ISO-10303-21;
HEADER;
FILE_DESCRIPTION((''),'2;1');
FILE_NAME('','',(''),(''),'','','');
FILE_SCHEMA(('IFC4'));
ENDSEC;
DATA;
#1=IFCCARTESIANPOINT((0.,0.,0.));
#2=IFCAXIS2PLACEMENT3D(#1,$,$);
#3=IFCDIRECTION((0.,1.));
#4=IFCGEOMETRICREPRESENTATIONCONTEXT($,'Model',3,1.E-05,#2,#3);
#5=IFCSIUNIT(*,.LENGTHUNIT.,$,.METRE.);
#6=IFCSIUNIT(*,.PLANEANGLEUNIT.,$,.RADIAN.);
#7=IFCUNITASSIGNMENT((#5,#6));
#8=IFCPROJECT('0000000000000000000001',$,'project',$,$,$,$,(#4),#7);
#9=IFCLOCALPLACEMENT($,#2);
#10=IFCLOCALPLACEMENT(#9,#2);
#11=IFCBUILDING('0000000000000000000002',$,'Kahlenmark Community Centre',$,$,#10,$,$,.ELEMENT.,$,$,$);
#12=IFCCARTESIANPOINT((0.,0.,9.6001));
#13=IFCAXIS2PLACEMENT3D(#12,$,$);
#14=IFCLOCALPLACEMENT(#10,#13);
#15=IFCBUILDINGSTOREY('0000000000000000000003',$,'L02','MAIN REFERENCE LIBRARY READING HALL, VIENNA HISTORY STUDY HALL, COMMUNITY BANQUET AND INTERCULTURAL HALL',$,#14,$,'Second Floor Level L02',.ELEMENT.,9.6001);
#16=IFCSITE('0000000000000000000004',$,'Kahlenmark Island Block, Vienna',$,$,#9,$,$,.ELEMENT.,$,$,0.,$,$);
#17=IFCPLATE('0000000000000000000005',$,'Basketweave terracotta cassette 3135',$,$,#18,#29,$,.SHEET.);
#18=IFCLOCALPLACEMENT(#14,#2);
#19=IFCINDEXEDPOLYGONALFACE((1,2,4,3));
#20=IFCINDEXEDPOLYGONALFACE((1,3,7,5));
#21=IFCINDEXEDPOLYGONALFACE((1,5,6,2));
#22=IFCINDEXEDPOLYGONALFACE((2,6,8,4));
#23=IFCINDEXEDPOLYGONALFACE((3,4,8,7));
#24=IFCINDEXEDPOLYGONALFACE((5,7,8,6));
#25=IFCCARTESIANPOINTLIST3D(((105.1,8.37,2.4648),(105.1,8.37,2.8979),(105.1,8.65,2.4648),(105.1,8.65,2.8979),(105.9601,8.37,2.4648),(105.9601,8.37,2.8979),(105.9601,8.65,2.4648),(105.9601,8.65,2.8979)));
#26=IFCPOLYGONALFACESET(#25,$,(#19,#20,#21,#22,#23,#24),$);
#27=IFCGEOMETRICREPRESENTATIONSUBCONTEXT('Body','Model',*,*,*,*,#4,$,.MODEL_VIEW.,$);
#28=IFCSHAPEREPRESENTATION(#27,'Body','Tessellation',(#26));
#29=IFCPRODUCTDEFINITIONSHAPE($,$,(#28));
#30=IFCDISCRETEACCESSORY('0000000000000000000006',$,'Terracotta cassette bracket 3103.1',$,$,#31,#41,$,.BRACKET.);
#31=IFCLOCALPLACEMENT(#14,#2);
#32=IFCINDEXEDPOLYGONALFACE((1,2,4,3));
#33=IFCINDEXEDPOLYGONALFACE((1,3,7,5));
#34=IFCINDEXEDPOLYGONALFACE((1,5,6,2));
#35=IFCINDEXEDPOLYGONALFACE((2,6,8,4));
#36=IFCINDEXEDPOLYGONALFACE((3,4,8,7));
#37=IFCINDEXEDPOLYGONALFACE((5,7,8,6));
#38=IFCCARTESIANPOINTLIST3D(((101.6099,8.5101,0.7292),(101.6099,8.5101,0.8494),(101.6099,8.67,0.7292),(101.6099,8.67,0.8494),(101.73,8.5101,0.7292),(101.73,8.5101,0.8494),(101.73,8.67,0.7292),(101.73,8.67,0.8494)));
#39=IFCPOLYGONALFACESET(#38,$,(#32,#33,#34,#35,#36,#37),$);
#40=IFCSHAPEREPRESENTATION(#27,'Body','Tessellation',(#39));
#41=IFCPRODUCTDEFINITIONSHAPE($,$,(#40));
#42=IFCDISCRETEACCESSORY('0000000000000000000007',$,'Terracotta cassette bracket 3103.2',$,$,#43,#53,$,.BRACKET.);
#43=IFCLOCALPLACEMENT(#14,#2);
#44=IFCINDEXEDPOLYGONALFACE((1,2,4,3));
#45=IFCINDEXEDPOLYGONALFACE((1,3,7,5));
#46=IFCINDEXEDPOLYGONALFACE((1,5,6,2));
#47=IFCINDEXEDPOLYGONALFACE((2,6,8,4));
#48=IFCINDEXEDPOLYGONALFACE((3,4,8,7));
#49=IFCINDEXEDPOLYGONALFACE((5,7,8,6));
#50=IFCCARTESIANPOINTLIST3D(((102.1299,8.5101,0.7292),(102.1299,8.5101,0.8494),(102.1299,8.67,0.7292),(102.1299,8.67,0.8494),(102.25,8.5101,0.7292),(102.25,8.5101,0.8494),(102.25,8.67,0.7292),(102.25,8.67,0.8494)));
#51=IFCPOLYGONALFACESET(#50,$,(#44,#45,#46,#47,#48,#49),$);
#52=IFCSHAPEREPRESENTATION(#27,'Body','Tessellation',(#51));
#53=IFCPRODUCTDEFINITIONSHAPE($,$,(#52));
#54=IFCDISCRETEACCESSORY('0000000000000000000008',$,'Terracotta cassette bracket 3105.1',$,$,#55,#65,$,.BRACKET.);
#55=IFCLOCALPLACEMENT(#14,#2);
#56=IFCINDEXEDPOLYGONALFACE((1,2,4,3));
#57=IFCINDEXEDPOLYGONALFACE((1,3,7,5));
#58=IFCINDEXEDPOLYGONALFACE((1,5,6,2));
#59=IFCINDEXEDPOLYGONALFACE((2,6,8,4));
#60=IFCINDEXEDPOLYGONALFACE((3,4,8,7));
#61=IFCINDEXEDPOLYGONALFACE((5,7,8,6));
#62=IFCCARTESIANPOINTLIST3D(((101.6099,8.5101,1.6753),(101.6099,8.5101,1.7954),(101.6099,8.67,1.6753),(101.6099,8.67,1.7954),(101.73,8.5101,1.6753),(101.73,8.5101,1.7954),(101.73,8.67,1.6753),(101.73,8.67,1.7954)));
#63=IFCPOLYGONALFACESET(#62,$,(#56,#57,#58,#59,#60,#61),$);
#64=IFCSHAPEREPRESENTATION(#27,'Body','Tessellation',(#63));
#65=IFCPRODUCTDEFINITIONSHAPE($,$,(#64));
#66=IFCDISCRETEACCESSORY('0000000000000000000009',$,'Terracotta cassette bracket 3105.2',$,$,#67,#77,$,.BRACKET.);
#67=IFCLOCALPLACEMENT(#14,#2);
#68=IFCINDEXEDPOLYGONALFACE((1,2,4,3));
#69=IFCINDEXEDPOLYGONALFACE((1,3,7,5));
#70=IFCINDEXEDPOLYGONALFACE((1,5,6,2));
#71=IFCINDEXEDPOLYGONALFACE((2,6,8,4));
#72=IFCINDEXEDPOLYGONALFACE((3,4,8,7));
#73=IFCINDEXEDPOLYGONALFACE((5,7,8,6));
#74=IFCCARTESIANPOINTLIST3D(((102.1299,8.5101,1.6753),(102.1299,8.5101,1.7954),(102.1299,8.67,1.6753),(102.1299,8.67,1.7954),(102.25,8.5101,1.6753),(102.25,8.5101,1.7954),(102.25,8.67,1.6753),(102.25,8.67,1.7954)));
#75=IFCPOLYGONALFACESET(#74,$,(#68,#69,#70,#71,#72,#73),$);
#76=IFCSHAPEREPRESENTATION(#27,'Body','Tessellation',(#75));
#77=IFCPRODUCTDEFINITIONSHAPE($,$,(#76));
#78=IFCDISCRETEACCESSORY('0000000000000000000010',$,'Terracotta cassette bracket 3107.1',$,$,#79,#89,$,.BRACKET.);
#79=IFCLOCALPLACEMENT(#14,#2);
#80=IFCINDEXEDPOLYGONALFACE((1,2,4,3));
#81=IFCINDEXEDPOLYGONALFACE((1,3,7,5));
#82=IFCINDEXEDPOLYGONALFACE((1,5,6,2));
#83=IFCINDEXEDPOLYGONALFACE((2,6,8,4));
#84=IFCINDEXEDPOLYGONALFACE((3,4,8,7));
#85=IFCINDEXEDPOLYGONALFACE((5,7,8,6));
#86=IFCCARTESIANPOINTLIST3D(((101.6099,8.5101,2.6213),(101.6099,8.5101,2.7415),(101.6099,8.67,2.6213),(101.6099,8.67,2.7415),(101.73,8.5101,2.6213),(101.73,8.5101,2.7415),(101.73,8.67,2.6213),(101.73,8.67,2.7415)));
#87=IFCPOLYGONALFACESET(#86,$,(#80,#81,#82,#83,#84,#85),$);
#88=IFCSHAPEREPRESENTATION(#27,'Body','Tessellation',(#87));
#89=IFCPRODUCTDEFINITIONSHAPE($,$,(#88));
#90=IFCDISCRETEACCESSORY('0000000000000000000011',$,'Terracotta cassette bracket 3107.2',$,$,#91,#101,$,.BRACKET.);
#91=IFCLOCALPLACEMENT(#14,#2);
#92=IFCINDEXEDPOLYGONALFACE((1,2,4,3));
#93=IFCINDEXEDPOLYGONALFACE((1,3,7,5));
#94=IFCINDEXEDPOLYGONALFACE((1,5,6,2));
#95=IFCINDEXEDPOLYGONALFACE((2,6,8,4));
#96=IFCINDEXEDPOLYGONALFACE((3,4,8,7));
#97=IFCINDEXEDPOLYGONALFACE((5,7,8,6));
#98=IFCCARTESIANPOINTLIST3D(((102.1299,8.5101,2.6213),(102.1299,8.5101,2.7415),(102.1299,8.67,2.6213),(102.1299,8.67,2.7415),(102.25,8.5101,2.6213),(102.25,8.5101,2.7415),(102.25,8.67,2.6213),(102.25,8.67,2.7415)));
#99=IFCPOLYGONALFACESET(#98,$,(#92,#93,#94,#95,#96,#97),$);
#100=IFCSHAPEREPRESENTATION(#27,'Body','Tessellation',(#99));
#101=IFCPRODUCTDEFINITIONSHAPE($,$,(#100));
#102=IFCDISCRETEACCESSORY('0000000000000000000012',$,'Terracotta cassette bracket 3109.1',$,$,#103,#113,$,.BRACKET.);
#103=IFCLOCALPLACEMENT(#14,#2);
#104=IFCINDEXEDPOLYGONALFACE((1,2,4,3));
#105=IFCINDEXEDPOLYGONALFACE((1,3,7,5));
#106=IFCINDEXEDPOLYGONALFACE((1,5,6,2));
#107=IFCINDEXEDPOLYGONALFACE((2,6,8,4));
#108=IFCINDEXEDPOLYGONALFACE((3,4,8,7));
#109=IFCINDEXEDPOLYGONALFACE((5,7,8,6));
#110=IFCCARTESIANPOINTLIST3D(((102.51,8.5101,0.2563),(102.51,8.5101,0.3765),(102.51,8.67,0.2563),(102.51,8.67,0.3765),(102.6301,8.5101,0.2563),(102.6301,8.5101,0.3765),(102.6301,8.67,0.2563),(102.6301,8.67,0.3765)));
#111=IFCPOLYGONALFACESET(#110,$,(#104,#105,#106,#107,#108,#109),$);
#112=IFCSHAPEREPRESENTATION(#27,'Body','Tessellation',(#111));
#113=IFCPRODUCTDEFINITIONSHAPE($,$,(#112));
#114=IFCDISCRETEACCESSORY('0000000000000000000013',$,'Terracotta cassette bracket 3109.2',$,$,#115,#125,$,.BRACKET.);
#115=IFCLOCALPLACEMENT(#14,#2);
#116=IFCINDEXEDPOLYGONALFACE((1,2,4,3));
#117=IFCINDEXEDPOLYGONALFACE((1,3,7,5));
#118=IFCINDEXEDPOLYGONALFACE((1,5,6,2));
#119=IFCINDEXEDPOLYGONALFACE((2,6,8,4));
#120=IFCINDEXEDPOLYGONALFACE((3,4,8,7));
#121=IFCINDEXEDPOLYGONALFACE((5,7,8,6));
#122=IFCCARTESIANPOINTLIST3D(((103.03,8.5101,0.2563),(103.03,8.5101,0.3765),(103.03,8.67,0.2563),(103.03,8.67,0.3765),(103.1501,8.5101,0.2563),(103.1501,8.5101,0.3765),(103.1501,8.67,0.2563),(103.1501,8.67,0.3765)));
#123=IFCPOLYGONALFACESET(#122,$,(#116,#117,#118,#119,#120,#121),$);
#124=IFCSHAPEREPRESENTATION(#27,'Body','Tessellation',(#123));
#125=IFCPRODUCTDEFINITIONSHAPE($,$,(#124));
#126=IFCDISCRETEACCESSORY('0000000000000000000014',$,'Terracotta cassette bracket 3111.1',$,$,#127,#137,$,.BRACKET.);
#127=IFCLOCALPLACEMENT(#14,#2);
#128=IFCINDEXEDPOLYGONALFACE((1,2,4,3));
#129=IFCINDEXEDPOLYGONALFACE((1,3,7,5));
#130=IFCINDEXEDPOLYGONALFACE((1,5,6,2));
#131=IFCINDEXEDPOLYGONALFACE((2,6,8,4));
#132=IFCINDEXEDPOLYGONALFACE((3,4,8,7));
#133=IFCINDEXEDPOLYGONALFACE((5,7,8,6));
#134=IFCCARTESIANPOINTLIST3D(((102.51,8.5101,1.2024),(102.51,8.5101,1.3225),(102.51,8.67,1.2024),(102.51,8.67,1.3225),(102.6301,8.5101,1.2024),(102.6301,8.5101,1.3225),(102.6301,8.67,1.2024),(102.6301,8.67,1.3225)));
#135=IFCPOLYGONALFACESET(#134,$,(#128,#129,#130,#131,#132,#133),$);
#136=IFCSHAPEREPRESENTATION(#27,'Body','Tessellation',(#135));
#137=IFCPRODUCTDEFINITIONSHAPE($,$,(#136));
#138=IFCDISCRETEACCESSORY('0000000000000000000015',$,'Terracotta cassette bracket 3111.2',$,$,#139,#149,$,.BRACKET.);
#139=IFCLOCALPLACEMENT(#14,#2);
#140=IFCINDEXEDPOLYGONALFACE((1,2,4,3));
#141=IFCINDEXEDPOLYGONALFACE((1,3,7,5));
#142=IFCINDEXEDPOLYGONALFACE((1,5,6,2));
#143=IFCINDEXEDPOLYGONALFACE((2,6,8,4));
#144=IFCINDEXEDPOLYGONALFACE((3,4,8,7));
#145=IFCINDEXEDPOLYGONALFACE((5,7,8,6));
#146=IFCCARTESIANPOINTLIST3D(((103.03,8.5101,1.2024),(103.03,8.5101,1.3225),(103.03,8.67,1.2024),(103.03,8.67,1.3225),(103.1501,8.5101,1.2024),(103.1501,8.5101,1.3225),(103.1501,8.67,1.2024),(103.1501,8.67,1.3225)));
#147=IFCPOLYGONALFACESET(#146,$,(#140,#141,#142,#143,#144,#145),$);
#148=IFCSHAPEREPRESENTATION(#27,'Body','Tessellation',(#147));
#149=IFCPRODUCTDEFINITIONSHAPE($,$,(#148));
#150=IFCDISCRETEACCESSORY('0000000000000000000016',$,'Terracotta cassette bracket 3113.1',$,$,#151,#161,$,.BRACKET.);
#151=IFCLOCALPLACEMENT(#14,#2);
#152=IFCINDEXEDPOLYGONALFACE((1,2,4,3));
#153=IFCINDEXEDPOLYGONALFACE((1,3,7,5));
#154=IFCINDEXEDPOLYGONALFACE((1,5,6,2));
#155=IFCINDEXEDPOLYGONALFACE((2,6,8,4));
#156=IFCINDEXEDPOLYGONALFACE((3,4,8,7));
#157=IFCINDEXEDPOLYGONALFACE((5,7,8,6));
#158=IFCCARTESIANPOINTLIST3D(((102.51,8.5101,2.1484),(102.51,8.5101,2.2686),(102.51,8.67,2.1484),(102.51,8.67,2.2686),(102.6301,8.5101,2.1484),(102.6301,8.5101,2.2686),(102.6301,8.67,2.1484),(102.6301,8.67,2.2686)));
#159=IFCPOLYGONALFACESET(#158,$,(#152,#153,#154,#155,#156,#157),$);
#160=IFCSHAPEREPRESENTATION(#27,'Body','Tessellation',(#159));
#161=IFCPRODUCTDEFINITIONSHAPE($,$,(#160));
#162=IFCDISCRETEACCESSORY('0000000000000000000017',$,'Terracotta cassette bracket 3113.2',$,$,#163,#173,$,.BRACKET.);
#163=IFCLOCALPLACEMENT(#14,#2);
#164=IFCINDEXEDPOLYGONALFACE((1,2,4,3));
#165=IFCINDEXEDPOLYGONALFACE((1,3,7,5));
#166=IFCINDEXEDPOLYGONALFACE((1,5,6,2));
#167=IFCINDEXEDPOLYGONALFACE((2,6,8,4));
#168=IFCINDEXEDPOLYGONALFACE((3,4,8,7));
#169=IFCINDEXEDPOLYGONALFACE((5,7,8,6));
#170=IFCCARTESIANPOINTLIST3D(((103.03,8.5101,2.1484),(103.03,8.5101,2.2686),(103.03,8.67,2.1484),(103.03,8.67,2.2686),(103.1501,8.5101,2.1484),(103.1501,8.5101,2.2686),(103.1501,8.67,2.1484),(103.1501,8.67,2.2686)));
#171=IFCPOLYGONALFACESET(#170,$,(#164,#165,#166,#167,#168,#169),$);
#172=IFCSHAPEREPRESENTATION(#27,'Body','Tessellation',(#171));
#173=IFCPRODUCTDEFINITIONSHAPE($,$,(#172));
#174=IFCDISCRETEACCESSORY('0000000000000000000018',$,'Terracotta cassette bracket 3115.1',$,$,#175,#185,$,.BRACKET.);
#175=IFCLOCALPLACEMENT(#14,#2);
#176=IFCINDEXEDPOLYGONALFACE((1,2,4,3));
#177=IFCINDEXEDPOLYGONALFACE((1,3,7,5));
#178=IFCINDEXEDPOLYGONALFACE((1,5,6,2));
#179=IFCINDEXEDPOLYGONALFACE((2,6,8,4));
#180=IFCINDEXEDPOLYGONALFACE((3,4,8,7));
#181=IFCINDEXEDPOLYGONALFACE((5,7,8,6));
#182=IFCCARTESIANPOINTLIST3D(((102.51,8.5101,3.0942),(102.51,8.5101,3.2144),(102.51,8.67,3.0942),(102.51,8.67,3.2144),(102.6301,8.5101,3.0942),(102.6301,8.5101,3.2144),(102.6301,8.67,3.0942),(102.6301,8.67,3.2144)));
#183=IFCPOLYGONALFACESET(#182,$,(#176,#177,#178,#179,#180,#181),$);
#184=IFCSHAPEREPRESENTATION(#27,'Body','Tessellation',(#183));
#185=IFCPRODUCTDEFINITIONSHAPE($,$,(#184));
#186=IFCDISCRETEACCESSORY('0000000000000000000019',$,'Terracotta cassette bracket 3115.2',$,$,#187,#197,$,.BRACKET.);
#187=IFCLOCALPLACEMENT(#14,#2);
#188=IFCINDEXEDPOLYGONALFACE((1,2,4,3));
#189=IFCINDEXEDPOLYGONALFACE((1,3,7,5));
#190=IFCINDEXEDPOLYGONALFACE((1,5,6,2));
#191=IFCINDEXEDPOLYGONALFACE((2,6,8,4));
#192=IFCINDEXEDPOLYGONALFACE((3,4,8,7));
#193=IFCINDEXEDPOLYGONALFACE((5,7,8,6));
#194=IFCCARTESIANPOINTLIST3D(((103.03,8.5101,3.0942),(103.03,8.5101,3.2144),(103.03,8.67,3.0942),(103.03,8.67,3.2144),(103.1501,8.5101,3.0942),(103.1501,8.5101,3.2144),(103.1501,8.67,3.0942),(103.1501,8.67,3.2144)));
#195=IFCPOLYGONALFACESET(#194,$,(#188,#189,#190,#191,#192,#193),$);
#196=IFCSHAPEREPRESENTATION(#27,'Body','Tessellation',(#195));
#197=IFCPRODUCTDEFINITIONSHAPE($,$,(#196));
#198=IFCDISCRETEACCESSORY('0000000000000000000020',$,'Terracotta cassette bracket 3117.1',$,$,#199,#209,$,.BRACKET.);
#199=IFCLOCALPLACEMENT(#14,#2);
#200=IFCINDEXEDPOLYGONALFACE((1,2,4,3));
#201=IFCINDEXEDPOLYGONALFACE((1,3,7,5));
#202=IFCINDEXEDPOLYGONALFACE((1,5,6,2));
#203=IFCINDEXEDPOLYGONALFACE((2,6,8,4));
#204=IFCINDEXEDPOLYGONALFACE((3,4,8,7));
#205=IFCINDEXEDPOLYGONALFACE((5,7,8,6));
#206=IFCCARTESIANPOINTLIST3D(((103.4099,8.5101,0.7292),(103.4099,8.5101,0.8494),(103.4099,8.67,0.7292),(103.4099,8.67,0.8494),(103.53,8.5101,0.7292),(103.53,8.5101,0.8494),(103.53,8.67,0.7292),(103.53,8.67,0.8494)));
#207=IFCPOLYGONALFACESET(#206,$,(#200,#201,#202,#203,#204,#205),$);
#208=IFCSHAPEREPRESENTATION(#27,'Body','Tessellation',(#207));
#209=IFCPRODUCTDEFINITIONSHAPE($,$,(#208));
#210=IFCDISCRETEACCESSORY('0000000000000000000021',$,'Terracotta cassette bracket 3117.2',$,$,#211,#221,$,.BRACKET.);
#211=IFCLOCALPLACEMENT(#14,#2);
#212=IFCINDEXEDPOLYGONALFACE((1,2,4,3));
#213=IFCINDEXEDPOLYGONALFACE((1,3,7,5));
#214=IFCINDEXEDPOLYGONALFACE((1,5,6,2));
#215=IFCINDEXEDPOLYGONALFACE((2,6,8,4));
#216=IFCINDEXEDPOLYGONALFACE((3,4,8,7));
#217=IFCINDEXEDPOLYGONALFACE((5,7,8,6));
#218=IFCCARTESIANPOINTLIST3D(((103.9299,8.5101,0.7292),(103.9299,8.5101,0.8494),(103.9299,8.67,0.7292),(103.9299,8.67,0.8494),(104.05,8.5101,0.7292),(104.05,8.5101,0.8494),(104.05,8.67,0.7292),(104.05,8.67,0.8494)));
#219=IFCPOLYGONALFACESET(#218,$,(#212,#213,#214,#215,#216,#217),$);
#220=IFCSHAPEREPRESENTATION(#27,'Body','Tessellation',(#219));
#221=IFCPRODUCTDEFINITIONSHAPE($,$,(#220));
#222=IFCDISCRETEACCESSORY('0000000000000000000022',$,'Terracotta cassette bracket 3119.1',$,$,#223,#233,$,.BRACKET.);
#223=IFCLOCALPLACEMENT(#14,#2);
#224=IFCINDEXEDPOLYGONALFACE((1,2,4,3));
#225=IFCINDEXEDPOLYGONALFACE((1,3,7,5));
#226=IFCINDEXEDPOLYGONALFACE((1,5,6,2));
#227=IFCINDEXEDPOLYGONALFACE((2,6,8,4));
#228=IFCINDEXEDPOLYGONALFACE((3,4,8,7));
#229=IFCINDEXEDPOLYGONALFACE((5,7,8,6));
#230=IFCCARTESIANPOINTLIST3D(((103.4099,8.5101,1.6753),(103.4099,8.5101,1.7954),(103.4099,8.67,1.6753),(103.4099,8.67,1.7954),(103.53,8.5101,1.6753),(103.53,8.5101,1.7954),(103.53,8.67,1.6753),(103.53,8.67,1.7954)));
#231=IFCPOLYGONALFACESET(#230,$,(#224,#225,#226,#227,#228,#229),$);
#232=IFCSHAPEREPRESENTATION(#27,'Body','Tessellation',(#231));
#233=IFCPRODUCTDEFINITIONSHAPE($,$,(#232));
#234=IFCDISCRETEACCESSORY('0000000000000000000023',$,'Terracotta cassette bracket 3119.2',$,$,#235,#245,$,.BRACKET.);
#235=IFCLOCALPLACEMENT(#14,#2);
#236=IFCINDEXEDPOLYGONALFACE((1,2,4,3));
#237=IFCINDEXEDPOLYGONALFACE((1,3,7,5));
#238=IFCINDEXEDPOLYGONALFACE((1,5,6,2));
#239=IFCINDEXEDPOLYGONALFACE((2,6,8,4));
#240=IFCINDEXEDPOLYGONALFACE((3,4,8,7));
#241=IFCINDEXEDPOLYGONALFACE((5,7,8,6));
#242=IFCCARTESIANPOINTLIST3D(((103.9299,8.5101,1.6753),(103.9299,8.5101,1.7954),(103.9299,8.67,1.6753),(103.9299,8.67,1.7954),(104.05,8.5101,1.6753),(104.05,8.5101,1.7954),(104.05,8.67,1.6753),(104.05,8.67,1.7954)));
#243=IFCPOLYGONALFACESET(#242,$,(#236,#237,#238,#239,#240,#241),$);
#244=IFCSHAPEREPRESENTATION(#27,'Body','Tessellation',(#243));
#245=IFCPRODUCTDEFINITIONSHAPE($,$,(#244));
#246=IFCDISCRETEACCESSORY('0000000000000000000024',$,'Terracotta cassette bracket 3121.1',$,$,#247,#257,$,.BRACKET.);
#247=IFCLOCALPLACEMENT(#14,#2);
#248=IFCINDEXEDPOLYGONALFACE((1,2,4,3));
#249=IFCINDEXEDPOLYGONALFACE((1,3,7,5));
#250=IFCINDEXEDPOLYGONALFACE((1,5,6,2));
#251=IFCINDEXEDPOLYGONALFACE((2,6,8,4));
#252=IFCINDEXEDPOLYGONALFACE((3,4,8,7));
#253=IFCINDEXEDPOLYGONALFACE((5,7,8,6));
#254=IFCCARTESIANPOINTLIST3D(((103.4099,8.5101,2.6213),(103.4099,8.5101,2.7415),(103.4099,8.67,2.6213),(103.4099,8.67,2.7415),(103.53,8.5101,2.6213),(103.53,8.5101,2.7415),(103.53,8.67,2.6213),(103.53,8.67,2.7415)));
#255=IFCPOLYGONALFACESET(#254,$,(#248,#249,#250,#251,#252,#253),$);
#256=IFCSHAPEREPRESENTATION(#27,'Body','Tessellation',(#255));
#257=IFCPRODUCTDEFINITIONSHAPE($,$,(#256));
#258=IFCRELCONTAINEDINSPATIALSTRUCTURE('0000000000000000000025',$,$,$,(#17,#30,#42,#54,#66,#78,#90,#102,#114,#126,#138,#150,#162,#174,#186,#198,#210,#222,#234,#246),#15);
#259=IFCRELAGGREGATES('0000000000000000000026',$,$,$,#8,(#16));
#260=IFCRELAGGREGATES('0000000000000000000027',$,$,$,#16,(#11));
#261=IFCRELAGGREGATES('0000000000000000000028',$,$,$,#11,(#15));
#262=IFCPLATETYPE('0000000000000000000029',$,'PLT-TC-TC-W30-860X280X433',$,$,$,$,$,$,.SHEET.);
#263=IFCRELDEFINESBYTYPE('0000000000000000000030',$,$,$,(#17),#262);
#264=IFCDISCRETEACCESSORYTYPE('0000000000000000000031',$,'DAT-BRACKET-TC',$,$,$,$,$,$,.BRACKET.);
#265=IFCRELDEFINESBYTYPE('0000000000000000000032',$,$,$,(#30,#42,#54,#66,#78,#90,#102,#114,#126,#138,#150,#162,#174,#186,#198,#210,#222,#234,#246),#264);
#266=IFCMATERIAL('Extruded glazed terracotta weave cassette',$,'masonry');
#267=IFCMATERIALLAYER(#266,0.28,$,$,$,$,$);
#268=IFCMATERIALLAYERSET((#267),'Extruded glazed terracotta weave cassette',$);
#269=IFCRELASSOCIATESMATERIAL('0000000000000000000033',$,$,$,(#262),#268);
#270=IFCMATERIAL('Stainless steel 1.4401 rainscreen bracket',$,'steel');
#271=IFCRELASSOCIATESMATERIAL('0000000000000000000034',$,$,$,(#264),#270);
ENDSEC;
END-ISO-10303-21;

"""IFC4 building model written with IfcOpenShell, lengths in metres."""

from ifc_helpers import new_model, si_unit, direction, frame, origin, origin_2d, place, context, subcontext, project, spatial, rectangle, extrude, material, layer, layer_set, type_object, element, save


model = new_model("IFC4")

# Units and contexts
model_context = context("Model", 3, precision=1e-05, world=origin(), true_north=direction((0.0, 1.0)))
body_context = subcontext(model_context, "Body", "Model", "MODEL_VIEW")
ifc_project = project(units=[si_unit("LENGTHUNIT", "METRE"), si_unit("PLANEANGLEUNIT", "RADIAN")], contexts=[model_context])

# Site, building, storey
site_placement = place(None, origin())
site = spatial("IfcSite", under=ifc_project, at=site_placement, Name="Kahlenmark Island Block, Vienna", CompositionType="ELEMENT", RefElevation=0.0)
building_placement = place(site_placement, origin())
building = spatial("IfcBuilding", under=site, at=building_placement, Name="Kahlenmark Community Centre", CompositionType="ELEMENT")
storey_placement = place(building_placement, frame((0.0, 0.0, 9.6001)))
storey = spatial("IfcBuildingStorey", under=building, at=storey_placement, Name="L02", Description="MAIN REFERENCE LIBRARY READING HALL, VIENNA HISTORY STUDY HALL, COMMUNITY BANQUET AND INTERCULTURAL HALL", LongName="Second Floor Level L02", CompositionType="ELEMENT", Elevation=9.6001)

# Plate
ifc_material_1 = material(Name="Extruded glazed terracotta weave cassette", Category="masonry")
ifc_layer_1 = layer(ifc_material_1, 0.28)
ifc_layer_set_1 = layer_set([ifc_layer_1], Name="Extruded glazed terracotta weave cassette")
plate_type_1 = type_object("IfcPlateType", Name="PLT-TC-TC-W30-860X280X433", PredefinedType="SHEET", material=ifc_layer_set_1)
for number, where, z_axis, x_axis, name in (
    (1, (105.53, 8.51, 2.4648), (0.0, 0.0, 1.0), (1.0, 0.0, 0.0), "Basketweave terracotta cassette 3135"),
):
    element("IfcPlate", number, at=place(storey_placement, frame(where, z_axis=z_axis, x_axis=x_axis)), inside=storey, type_object=plate_type_1, Name=name, PredefinedType="SHEET", context=body_context, shape_type="SweptSolid", body=[
        extrude(rectangle(XDim=0.8601, YDim=0.28, at=origin_2d()), origin(), (0.0, 0.0, 1.0), 0.4331),
    ])

# Discrete accessories
ifc_material_2 = material(Name="Stainless steel 1.4401 rainscreen bracket", Category="steel")
discrete_accessory_type = type_object("IfcDiscreteAccessoryType", Name="DAT-BRACKET-TC", PredefinedType="BRACKET", material=ifc_material_2)
for number, where, z_axis, x_axis, name in (
    (2, (101.6699, 8.5901, 0.7292), (0.0, 0.0, 1.0), (1.0, 0.0, 0.0), "Terracotta cassette bracket 3103.1"),
    (3, (102.1899, 8.5901, 0.7292), (0.0, 0.0, 1.0), (1.0, 0.0, 0.0), "Terracotta cassette bracket 3103.2"),
    (4, (101.6699, 8.5901, 1.6753), (0.0, 0.0, 1.0), (1.0, 0.0, 0.0), "Terracotta cassette bracket 3105.1"),
    (5, (102.1899, 8.5901, 1.6753), (0.0, 0.0, 1.0), (1.0, 0.0, 0.0), "Terracotta cassette bracket 3105.2"),
    (6, (101.6699, 8.5901, 2.6213), (0.0, 0.0, 1.0), (1.0, 0.0, 0.0), "Terracotta cassette bracket 3107.1"),
    (7, (102.1899, 8.5901, 2.6213), (0.0, 0.0, 1.0), (1.0, 0.0, 0.0), "Terracotta cassette bracket 3107.2"),
    (8, (102.5701, 8.5901, 0.2563), (0.0, 0.0, 1.0), (1.0, 0.0, 0.0), "Terracotta cassette bracket 3109.1"),
    (9, (103.0901, 8.5901, 0.2563), (0.0, 0.0, 1.0), (1.0, 0.0, 0.0), "Terracotta cassette bracket 3109.2"),
    (10, (102.5701, 8.5901, 1.2024), (0.0, 0.0, 1.0), (1.0, 0.0, 0.0), "Terracotta cassette bracket 3111.1"),
    (11, (103.0901, 8.5901, 1.2024), (0.0, 0.0, 1.0), (1.0, 0.0, 0.0), "Terracotta cassette bracket 3111.2"),
    (12, (102.5701, 8.5901, 2.1484), (0.0, 0.0, 1.0), (1.0, 0.0, 0.0), "Terracotta cassette bracket 3113.1"),
    (13, (103.0901, 8.5901, 2.1484), (0.0, 0.0, 1.0), (1.0, 0.0, 0.0), "Terracotta cassette bracket 3113.2"),
    (14, (102.5701, 8.5901, 3.0942), (0.0, 0.0, 1.0), (1.0, 0.0, 0.0), "Terracotta cassette bracket 3115.1"),
    (15, (103.0901, 8.5901, 3.0942), (0.0, 0.0, 1.0), (1.0, 0.0, 0.0), "Terracotta cassette bracket 3115.2"),
    (16, (103.47, 8.5901, 0.7292), (0.0, 0.0, 1.0), (1.0, 0.0, 0.0), "Terracotta cassette bracket 3117.1"),
    (17, (103.99, 8.5901, 0.7292), (0.0, 0.0, 1.0), (1.0, 0.0, 0.0), "Terracotta cassette bracket 3117.2"),
    (18, (103.47, 8.5901, 1.6753), (0.0, 0.0, 1.0), (1.0, 0.0, 0.0), "Terracotta cassette bracket 3119.1"),
    (19, (103.99, 8.5901, 1.6753), (0.0, 0.0, 1.0), (1.0, 0.0, 0.0), "Terracotta cassette bracket 3119.2"),
    (20, (103.47, 8.5901, 2.6213), (0.0, 0.0, 1.0), (1.0, 0.0, 0.0), "Terracotta cassette bracket 3121.1"),
):
    element("IfcDiscreteAccessory", number, at=place(storey_placement, frame(where, z_axis=z_axis, x_axis=x_axis)), inside=storey, type_object=discrete_accessory_type, Name=name, PredefinedType="BRACKET", context=body_context, shape_type="SweptSolid", body=[
        extrude(rectangle(XDim=0.1201, YDim=0.1599, at=origin_2d()), origin(), (0.0, 0.0, 1.0), 0.1201),
    ])

save(model, "model.ifc")
